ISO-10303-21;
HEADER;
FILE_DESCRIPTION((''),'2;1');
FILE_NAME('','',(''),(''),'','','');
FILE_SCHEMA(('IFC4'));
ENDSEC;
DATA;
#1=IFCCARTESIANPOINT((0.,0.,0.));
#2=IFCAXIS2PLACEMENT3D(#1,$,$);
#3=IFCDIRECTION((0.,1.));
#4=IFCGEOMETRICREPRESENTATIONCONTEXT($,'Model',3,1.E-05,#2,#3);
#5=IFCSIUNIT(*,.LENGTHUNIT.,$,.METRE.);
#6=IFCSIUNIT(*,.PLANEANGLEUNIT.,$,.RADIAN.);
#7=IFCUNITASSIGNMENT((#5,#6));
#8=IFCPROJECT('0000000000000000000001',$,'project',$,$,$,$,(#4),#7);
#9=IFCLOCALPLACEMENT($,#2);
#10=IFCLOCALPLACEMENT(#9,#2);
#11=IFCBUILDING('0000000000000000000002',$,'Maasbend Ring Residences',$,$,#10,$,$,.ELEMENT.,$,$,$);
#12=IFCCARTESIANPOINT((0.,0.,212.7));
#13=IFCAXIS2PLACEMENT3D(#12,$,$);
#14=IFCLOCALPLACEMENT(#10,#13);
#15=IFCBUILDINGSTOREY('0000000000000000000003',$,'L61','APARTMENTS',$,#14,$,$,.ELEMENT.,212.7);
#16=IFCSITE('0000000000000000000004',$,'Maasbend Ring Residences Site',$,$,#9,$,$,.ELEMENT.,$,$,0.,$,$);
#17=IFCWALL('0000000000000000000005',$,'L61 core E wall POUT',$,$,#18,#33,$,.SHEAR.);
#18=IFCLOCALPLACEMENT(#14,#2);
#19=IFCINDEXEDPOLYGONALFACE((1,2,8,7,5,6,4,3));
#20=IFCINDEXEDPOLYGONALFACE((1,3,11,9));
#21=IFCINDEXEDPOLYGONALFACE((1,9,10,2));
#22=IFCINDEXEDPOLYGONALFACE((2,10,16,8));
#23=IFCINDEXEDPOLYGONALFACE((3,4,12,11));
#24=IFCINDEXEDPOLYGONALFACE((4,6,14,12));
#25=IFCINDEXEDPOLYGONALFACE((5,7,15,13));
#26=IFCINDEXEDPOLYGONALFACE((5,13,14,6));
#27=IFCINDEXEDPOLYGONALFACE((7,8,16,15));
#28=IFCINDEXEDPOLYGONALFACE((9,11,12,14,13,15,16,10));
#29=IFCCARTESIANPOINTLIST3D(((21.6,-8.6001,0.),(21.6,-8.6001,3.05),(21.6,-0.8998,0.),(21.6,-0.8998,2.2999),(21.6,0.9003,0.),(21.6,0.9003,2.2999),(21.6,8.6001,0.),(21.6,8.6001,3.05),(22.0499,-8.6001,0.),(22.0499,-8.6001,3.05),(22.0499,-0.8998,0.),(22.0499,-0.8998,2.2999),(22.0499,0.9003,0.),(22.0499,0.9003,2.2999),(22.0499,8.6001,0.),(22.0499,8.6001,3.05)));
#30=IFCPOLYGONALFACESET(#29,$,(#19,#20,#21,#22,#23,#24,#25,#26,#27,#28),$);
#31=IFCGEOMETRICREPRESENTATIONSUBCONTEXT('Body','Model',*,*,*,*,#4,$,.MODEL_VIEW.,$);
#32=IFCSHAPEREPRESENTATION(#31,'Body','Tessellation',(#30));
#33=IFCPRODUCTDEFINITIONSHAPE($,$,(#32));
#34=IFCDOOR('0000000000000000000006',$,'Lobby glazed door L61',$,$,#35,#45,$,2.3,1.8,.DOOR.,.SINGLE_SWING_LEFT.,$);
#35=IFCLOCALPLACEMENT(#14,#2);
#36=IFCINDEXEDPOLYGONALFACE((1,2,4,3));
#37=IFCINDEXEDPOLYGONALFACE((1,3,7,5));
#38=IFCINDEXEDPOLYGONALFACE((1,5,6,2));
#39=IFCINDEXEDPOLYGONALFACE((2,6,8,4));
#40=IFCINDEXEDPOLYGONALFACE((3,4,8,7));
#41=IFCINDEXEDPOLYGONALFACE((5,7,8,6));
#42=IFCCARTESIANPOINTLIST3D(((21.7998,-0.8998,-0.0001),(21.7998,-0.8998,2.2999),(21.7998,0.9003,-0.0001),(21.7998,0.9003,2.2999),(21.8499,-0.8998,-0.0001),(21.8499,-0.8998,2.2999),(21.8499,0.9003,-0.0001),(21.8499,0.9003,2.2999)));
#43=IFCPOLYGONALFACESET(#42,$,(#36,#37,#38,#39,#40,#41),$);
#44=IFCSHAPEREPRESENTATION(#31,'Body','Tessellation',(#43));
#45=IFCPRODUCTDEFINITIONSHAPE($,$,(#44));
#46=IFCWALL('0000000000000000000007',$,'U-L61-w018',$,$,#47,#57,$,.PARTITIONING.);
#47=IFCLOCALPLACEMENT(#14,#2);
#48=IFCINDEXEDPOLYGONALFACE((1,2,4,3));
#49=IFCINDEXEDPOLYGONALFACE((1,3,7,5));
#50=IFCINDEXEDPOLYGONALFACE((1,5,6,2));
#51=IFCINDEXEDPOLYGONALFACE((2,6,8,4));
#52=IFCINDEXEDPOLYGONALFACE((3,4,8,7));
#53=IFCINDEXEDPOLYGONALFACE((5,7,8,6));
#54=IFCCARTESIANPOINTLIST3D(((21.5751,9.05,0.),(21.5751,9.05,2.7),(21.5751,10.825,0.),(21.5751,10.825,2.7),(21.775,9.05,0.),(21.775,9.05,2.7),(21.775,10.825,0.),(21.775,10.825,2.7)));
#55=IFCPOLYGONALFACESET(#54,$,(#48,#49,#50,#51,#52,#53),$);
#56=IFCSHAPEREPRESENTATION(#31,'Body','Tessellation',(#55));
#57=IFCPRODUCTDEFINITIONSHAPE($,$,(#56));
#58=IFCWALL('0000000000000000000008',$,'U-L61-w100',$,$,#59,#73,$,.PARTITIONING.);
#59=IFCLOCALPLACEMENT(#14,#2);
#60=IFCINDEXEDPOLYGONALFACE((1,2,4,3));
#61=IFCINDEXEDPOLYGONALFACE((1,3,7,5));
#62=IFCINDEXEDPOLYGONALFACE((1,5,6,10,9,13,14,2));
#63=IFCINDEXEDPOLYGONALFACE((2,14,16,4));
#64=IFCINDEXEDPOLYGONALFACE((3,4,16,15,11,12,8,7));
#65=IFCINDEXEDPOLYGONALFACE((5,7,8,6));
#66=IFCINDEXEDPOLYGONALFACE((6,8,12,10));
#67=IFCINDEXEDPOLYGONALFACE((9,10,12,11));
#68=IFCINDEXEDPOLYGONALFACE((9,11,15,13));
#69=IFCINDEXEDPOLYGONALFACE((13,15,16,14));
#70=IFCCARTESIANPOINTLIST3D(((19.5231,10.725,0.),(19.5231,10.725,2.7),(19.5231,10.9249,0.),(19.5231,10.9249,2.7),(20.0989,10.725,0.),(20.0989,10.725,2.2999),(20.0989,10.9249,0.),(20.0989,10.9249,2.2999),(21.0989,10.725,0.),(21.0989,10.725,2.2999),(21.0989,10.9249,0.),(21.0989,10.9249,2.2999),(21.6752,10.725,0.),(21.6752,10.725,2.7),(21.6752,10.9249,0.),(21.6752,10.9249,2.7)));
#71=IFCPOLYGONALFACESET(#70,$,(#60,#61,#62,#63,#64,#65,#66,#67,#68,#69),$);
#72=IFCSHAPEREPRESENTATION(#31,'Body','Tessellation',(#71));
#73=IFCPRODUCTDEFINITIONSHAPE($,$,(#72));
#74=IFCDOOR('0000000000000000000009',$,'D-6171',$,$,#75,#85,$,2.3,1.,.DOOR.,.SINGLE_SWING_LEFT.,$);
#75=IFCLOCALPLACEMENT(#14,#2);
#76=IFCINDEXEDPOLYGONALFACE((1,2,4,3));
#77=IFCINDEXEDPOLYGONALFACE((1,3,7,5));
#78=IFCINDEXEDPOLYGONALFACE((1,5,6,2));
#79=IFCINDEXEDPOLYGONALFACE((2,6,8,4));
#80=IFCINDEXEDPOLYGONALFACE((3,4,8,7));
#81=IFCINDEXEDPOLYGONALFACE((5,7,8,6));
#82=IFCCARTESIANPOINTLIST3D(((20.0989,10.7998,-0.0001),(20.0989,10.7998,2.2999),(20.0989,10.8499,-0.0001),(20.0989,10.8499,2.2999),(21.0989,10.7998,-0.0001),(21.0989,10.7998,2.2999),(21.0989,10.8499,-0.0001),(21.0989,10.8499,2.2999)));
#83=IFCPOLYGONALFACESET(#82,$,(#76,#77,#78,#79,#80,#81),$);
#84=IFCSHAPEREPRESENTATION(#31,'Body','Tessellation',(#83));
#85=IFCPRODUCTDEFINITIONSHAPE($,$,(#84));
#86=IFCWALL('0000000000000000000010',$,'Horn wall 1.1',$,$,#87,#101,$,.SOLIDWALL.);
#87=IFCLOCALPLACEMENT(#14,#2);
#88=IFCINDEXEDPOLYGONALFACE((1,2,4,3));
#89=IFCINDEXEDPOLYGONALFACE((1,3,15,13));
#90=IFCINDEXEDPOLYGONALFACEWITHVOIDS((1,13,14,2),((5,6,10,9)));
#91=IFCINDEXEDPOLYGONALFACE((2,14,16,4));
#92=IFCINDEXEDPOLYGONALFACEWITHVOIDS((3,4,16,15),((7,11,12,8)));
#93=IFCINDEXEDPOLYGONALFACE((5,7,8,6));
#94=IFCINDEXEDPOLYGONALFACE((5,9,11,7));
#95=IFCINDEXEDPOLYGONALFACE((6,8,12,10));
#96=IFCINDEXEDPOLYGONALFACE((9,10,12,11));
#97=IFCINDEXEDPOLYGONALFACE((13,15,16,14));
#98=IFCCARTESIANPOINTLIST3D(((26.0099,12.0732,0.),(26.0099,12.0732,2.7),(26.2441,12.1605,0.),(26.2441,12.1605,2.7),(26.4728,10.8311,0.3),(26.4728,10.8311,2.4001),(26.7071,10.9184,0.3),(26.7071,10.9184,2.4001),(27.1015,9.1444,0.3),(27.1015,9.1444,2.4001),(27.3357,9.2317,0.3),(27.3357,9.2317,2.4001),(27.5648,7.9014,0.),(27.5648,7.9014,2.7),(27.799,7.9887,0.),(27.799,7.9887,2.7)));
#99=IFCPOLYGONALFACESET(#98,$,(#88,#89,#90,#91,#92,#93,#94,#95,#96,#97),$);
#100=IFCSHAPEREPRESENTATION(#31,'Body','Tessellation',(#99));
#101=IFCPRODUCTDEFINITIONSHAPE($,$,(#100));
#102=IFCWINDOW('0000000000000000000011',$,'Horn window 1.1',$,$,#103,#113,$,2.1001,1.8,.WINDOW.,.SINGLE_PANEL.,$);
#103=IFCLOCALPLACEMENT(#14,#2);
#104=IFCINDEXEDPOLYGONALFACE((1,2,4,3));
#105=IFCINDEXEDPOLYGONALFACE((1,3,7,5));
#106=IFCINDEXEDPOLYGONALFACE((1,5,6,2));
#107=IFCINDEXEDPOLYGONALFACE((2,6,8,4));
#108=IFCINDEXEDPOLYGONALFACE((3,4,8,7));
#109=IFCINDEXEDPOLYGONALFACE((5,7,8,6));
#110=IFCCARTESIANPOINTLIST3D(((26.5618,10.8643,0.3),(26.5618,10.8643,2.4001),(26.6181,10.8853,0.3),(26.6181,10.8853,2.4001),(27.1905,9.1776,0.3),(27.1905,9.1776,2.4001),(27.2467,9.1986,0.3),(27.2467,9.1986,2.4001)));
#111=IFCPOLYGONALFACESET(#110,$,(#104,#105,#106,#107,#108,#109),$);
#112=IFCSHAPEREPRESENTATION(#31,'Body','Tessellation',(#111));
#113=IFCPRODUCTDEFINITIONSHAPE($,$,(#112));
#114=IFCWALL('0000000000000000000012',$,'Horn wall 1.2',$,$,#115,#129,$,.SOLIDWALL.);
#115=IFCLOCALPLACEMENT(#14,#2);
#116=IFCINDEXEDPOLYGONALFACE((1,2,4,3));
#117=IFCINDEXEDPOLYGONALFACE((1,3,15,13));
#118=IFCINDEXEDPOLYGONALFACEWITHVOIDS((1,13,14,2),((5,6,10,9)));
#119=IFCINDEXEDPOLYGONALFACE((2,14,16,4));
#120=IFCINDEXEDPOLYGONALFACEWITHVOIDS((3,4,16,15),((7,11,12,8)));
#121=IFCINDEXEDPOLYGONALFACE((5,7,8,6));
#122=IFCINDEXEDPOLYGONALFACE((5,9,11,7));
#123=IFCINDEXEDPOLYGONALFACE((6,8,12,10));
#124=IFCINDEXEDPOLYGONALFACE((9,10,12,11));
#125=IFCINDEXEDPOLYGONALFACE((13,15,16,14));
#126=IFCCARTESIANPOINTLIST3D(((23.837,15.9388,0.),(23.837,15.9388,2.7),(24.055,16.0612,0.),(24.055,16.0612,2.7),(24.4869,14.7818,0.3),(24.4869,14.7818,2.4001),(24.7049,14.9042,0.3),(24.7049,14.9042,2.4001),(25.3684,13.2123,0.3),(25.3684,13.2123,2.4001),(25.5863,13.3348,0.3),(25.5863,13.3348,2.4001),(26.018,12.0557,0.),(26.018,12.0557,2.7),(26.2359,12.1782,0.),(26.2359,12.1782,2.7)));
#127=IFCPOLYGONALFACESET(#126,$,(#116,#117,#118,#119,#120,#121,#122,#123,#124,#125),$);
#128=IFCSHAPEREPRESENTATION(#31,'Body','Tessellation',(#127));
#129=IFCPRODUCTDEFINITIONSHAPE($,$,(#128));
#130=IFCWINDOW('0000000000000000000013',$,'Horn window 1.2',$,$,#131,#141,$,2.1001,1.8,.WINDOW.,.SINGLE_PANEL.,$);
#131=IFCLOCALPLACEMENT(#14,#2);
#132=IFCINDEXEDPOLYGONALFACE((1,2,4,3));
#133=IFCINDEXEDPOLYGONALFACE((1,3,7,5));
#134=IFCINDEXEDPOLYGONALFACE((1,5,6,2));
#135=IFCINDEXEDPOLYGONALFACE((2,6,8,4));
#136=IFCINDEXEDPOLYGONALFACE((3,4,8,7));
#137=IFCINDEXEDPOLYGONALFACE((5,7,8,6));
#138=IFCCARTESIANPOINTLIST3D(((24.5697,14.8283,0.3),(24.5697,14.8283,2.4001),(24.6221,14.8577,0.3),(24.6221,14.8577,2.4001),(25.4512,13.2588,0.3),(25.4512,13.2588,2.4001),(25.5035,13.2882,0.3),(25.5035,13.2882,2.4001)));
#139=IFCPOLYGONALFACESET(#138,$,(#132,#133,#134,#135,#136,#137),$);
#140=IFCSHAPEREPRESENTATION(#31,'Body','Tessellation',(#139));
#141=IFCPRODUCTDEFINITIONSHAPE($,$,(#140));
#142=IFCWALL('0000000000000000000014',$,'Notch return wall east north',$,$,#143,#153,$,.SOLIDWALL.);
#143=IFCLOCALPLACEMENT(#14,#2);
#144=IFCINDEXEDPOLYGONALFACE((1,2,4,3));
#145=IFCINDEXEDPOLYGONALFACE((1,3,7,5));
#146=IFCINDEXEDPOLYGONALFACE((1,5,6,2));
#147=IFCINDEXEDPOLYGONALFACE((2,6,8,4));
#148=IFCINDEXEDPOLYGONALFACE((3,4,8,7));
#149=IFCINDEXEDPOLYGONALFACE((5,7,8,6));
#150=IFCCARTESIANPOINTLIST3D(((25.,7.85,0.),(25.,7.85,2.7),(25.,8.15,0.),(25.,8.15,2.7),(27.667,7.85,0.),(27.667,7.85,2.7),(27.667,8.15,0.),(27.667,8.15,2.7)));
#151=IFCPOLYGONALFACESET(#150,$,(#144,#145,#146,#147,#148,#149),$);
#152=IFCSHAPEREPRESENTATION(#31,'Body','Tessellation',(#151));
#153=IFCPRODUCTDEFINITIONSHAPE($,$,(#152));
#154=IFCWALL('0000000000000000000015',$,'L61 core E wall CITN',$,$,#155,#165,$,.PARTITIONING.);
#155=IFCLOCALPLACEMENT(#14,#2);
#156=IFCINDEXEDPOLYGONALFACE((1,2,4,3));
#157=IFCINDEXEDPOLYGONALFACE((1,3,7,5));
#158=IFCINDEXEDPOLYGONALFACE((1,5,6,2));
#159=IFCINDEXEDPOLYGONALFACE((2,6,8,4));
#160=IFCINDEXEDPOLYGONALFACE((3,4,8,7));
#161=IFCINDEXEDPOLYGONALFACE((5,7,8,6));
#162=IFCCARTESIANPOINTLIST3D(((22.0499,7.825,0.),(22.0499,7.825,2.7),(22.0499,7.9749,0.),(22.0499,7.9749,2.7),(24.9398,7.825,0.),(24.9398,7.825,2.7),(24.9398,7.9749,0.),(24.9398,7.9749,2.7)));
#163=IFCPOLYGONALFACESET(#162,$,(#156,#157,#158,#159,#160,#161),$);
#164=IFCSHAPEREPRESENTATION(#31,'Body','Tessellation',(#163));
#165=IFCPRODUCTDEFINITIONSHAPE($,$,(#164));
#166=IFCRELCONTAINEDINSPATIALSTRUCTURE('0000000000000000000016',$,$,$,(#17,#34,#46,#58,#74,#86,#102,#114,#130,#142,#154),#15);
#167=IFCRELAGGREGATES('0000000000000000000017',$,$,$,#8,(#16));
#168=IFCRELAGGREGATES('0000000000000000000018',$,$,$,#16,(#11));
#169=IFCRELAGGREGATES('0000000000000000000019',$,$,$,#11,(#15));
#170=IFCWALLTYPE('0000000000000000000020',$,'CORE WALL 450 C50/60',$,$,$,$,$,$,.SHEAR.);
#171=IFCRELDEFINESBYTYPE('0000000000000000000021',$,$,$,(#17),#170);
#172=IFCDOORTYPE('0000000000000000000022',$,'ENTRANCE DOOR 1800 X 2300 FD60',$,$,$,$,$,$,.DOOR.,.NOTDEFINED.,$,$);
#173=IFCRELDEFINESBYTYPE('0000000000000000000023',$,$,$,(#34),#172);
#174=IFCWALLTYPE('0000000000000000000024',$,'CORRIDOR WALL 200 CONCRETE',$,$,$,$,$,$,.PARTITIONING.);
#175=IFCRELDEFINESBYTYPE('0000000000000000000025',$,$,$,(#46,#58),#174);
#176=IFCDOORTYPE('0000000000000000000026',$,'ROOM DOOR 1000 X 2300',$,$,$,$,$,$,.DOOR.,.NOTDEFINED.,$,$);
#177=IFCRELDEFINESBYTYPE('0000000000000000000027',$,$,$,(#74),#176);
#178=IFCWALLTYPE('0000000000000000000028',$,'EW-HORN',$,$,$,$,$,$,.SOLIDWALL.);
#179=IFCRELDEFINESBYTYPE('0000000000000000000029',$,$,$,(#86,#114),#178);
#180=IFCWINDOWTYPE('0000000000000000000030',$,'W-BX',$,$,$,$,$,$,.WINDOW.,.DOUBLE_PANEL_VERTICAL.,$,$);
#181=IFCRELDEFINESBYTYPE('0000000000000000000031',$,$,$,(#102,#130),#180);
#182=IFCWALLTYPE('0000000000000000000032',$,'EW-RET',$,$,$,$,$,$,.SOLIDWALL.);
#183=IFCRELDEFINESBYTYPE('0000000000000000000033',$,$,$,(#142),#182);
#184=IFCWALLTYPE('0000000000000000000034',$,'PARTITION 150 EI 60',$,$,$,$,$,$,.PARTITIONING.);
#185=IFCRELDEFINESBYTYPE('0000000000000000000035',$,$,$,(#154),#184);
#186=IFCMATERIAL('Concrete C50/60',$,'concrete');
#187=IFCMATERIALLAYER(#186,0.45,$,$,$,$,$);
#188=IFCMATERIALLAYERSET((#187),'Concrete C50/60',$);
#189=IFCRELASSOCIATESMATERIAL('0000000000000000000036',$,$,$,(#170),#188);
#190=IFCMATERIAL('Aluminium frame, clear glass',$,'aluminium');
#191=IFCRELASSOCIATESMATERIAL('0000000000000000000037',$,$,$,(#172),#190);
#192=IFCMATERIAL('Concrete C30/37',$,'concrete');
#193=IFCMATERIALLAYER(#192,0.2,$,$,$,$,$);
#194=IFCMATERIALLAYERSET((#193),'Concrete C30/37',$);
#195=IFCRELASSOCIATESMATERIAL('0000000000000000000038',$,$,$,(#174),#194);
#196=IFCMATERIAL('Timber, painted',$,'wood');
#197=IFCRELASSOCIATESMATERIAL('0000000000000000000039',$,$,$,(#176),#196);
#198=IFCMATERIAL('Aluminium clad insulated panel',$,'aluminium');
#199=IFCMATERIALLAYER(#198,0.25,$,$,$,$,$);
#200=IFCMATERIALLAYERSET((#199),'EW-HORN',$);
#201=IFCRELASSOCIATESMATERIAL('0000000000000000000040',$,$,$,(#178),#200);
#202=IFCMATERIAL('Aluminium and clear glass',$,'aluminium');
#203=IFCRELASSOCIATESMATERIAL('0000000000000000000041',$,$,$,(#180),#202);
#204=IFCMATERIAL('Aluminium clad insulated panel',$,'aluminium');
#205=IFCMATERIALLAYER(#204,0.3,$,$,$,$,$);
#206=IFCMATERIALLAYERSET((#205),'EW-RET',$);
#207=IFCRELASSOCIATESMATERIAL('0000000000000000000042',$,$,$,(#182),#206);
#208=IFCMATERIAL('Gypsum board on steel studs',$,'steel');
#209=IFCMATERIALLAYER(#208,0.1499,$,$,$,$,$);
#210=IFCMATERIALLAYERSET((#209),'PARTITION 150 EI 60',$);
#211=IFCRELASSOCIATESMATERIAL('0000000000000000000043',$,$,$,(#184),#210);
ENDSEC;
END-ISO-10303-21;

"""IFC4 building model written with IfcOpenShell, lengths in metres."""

from ifc_helpers import new_model, si_unit, direction, frame, frame_2d, origin, place, context, subcontext, project, spatial, rectangle, extrude, material, layer, layer_set, type_object, element, fill, save


model = new_model("IFC4")

# Units and contexts
model_context = context("Model", 3, precision=1e-05, world=origin(), true_north=direction((0.0, 1.0)))
body_context = subcontext(model_context, "Body", "Model", "MODEL_VIEW")
ifc_project = project(units=[si_unit("LENGTHUNIT", "METRE"), si_unit("PLANEANGLEUNIT", "RADIAN")], contexts=[model_context])

# Site, building, storey
site_placement = place(None, origin())
site = spatial("IfcSite", under=ifc_project, at=site_placement, Name="Maasbend Ring Residences Site", CompositionType="ELEMENT", RefElevation=0.0)
building_placement = place(site_placement, origin())
building = spatial("IfcBuilding", under=site, at=building_placement, Name="Maasbend Ring Residences", CompositionType="ELEMENT")
storey_placement = place(building_placement, frame((0.0, 0.0, 212.7)))
storey = spatial("IfcBuildingStorey", under=building, at=storey_placement, Name="L61", Description="APARTMENTS", CompositionType="ELEMENT", Elevation=212.7)

# Wall, opening, door
ifc_material_1 = material(Name="Concrete C50/60", Category="concrete")
ifc_layer_1 = layer(ifc_material_1, 0.45)
ifc_layer_set_1 = layer_set([ifc_layer_1], Name="Concrete C50/60")
wall_type_1 = type_object("IfcWallType", Name="CORE WALL 450 C50/60", PredefinedType="SHEAR", material=ifc_layer_set_1)
wall_1_placement = place(storey_placement, frame((21.825, 8.6001, 0.0), z_axis=(0.0, 0.0, 1.0), x_axis=(0.0, -1.0, 0.0)))
wall_1 = element("IfcWall", 1, at=wall_1_placement, inside=storey, type_object=wall_type_1, Name="L61 core E wall POUT", PredefinedType="SHEAR", context=body_context, shape_type="SweptSolid", body=[
    extrude(rectangle(XDim=17.2002, YDim=0.45, at=frame_2d((8.6001, 0.0))), origin(), (0.0, 0.0, 1.0), 3.05),
])
opening_1_placement = place(wall_1_placement, frame((7.7, 0.0, 0.0)))
opening_1 = element("IfcOpeningElement", 2, at=opening_1_placement, cuts=wall_1, PredefinedType="OPENING", context=body_context, shape_type="SweptSolid", body=[
    extrude(rectangle(XDim=1.8, YDim=2.3, at=frame_2d((0.8999, 1.1499))), frame((0.0, 0.2349, 0.0), z_axis=(0.0, -1.0, 0.0), x_axis=(1.0, 0.0, 0.0)), (0.0, 0.0, 1.0), 0.47),
])
ifc_material_2 = material(Name="Aluminium frame, clear glass", Category="aluminium")
door_type_1 = type_object("IfcDoorType", Name="ENTRANCE DOOR 1800 X 2300 FD60", OperationType="NOTDEFINED", PredefinedType="DOOR", material=ifc_material_2)
door_1_placement = place(opening_1_placement, origin())
door_1 = element("IfcDoor", 3, at=door_1_placement, inside=storey, type_object=door_type_1, Name="Lobby glazed door L61", OperationType="SINGLE_SWING_LEFT", OverallHeight=2.3, OverallWidth=1.8, PredefinedType="DOOR", context=body_context, shape_type="SweptSolid", body=[
    extrude(rectangle(XDim=1.8, YDim=2.3, at=frame_2d((0.8999, 1.1499))), frame((0.0, 0.0249, 0.0), z_axis=(0.0, -1.0, 0.0), x_axis=(1.0, 0.0, 0.0)), (0.0, 0.0, 1.0), 0.05),
])
fill(opening_1, door_1)

# Wall
ifc_material_3 = material(Name="Concrete C30/37", Category="concrete")
ifc_layer_2 = layer(ifc_material_3, 0.2)
ifc_layer_set_2 = layer_set([ifc_layer_2], Name="Concrete C30/37")
wall_type_2 = type_object("IfcWallType", Name="CORRIDOR WALL 200 CONCRETE", PredefinedType="PARTITIONING", material=ifc_layer_set_2)
wall_2_placement = place(storey_placement, frame((21.675, 9.05, 0.0), z_axis=(0.0, 0.0, 1.0), x_axis=(0.0, 1.0, 0.0)))
element("IfcWall", 4, at=wall_2_placement, inside=storey, type_object=wall_type_2, Name="U-L61-w018", PredefinedType="PARTITIONING", context=body_context, shape_type="SweptSolid", body=[
    extrude(rectangle(XDim=1.7749, YDim=0.2, at=frame_2d((0.8875, 0.0))), origin(), (0.0, 0.0, 1.0), 2.7),
])

# Wall, opening, door
wall_3_placement = place(storey_placement, frame((19.5229, 10.825, 0.0), z_axis=(0.0, 0.0, 1.0), x_axis=(1.0, 0.0, 0.0)))
wall_3 = element("IfcWall", 5, at=wall_3_placement, inside=storey, type_object=wall_type_2, Name="U-L61-w100", PredefinedType="PARTITIONING", context=body_context, shape_type="SweptSolid", body=[
    extrude(rectangle(XDim=2.1521, YDim=0.2, at=frame_2d((1.0762, 0.0))), origin(), (0.0, 0.0, 1.0), 2.7),
])
opening_2_placement = place(wall_3_placement, frame((0.5759, 0.0, 0.0)))
opening_2 = element("IfcOpeningElement", 6, at=opening_2_placement, cuts=wall_3, PredefinedType="OPENING", context=body_context, shape_type="SweptSolid", body=[
    extrude(rectangle(XDim=1.0, YDim=2.3, at=frame_2d((0.5, 1.1499))), frame((0.0, 0.1099, 0.0), z_axis=(0.0, -1.0, 0.0), x_axis=(1.0, 0.0, 0.0)), (0.0, 0.0, 1.0), 0.22),
])
ifc_material_4 = material(Name="Timber, painted", Category="wood")
door_type_2 = type_object("IfcDoorType", Name="ROOM DOOR 1000 X 2300", OperationType="NOTDEFINED", PredefinedType="DOOR", material=ifc_material_4)
door_2_placement = place(opening_2_placement, origin())
door_2 = element("IfcDoor", 7, at=door_2_placement, inside=storey, type_object=door_type_2, Name="D-6171", OperationType="SINGLE_SWING_LEFT", OverallHeight=2.3, OverallWidth=1.0, PredefinedType="DOOR", context=body_context, shape_type="SweptSolid", body=[
    extrude(rectangle(XDim=1.0, YDim=2.3, at=frame_2d((0.5, 1.1499))), frame((0.0, 0.0249, 0.0), z_axis=(0.0, -1.0, 0.0), x_axis=(1.0, 0.0, 0.0)), (0.0, 0.0, 1.0), 0.05),
])
fill(opening_2, door_2)

# Walls, openings, windows
ifc_material_5 = material(Name="Aluminium clad insulated panel", Category="aluminium")
ifc_layer_3 = layer(ifc_material_5, 0.25)
ifc_layer_set_3 = layer_set([ifc_layer_3], Name="EW-HORN")
wall_type_3 = type_object("IfcWallType", Name="EW-HORN", PredefinedType="SOLIDWALL", material=ifc_layer_set_3)
wall_4_placement = place(storey_placement, frame((27.6819, 7.9451, 0.0), z_axis=(0.0, 0.0, 1.0), x_axis=(-0.349248, 0.93703, 0.0)))
wall_4 = element("IfcWall", 8, at=wall_4_placement, inside=storey, type_object=wall_type_3, Name="Horn wall 1.1", PredefinedType="SOLIDWALL", context=body_context, shape_type="SweptSolid", body=[
    extrude(rectangle(XDim=4.4521, YDim=0.25, at=frame_2d((2.2261, 0.0))), origin(), (0.0, 0.0, 1.0), 2.7),
])
opening_3_placement = place(wall_4_placement, frame((1.3267, 0.0, 0.3)))
opening_3 = element("IfcOpeningElement", 9, at=opening_3_placement, cuts=wall_4, PredefinedType="OPENING", context=body_context, shape_type="SweptSolid", body=[
    extrude(rectangle(XDim=1.8, YDim=2.1001, at=frame_2d((0.8999, 1.05))), frame((0.0, 0.135, 0.0), z_axis=(0.0, -1.0, 0.0), x_axis=(1.0, 0.0, 0.0)), (0.0, 0.0, 1.0), 0.27),
])
ifc_material_6 = material(Name="Aluminium and clear glass", Category="aluminium")
window_type = type_object("IfcWindowType", Name="W-BX", PartitioningType="DOUBLE_PANEL_VERTICAL", PredefinedType="WINDOW", material=ifc_material_6)
window_1_placement = place(opening_3_placement, origin())
window_1 = element("IfcWindow", 10, at=window_1_placement, inside=storey, type_object=window_type, Name="Horn window 1.1", OverallHeight=2.1001, OverallWidth=1.8, PartitioningType="SINGLE_PANEL", PredefinedType="WINDOW", context=body_context, shape_type="SweptSolid", body=[
    extrude(rectangle(XDim=1.8, YDim=2.1001, at=frame_2d((0.8999, 1.05))), frame((0.0, 0.03, 0.0), z_axis=(0.0, -1.0, 0.0), x_axis=(1.0, 0.0, 0.0)), (0.0, 0.0, 1.0), 0.0601),
])
fill(opening_3, window_1)
wall_5_placement = place(storey_placement, frame((26.127, 12.1169, 0.0), z_axis=(0.0, 0.0, 1.0), x_axis=(-0.489696, 0.871893, 0.0)))
wall_5 = element("IfcWall", 11, at=wall_5_placement, inside=storey, type_object=wall_type_3, Name="Horn wall 1.2", PredefinedType="SOLIDWALL", context=body_context, shape_type="SweptSolid", body=[
    extrude(rectangle(XDim=4.4536, YDim=0.25, at=frame_2d((2.2268, 0.0))), origin(), (0.0, 0.0, 1.0), 2.7),
])
opening_4_placement = place(wall_5_placement, frame((1.3267, 0.0, 0.3)))
opening_4 = element("IfcOpeningElement", 12, at=opening_4_placement, cuts=wall_5, PredefinedType="OPENING", context=body_context, shape_type="SweptSolid", body=[
    extrude(rectangle(XDim=1.8, YDim=2.1001, at=frame_2d((0.8999, 1.05))), frame((0.0, 0.135, 0.0), z_axis=(0.0, -1.0, 0.0), x_axis=(1.0, 0.0, 0.0)), (0.0, 0.0, 1.0), 0.27),
])
window_2_placement = place(opening_4_placement, origin())
window_2 = element("IfcWindow", 13, at=window_2_placement, inside=storey, type_object=window_type, Name="Horn window 1.2", OverallHeight=2.1001, OverallWidth=1.8, PartitioningType="SINGLE_PANEL", PredefinedType="WINDOW", context=body_context, shape_type="SweptSolid", body=[
    extrude(rectangle(XDim=1.8, YDim=2.1001, at=frame_2d((0.8999, 1.05))), frame((0.0, 0.03, 0.0), z_axis=(0.0, -1.0, 0.0), x_axis=(1.0, 0.0, 0.0)), (0.0, 0.0, 1.0), 0.0601),
])
fill(opening_4, window_2)

# Walls
ifc_material_7 = material(Name="Aluminium clad insulated panel", Category="aluminium")
ifc_layer_4 = layer(ifc_material_7, 0.3)
ifc_layer_set_4 = layer_set([ifc_layer_4], Name="EW-RET")
wall_type_4 = type_object("IfcWallType", Name="EW-RET", PredefinedType="SOLIDWALL", material=ifc_layer_set_4)
wall_6_placement = place(storey_placement, frame((25.0, 8.0, 0.0), z_axis=(0.0, 0.0, 1.0), x_axis=(1.0, 0.0, 0.0)))
element("IfcWall", 14, at=wall_6_placement, inside=storey, type_object=wall_type_4, Name="Notch return wall east north", PredefinedType="SOLIDWALL", context=body_context, shape_type="SweptSolid", body=[
    extrude(rectangle(XDim=2.667, YDim=0.3, at=frame_2d((1.3335, 0.0))), origin(), (0.0, 0.0, 1.0), 2.7),
])
ifc_material_8 = material(Name="Gypsum board on steel studs", Category="steel")
ifc_layer_5 = layer(ifc_material_8, 0.1499)
ifc_layer_set_5 = layer_set([ifc_layer_5], Name="PARTITION 150 EI 60")
wall_type_5 = type_object("IfcWallType", Name="PARTITION 150 EI 60", PredefinedType="PARTITIONING", material=ifc_layer_set_5)
wall_7_placement = place(storey_placement, frame((22.05, 7.8999, 0.0), z_axis=(0.0, 0.0, 1.0), x_axis=(1.0, 0.0, 0.0)))
element("IfcWall", 15, at=wall_7_placement, inside=storey, type_object=wall_type_5, Name="L61 core E wall CITN", PredefinedType="PARTITIONING", context=body_context, shape_type="SweptSolid", body=[
    extrude(rectangle(XDim=2.8899, YDim=0.1499, at=frame_2d((1.4448, 0.0))), origin(), (0.0, 0.0, 1.0), 2.7),
])

save(model, "model.ifc")
